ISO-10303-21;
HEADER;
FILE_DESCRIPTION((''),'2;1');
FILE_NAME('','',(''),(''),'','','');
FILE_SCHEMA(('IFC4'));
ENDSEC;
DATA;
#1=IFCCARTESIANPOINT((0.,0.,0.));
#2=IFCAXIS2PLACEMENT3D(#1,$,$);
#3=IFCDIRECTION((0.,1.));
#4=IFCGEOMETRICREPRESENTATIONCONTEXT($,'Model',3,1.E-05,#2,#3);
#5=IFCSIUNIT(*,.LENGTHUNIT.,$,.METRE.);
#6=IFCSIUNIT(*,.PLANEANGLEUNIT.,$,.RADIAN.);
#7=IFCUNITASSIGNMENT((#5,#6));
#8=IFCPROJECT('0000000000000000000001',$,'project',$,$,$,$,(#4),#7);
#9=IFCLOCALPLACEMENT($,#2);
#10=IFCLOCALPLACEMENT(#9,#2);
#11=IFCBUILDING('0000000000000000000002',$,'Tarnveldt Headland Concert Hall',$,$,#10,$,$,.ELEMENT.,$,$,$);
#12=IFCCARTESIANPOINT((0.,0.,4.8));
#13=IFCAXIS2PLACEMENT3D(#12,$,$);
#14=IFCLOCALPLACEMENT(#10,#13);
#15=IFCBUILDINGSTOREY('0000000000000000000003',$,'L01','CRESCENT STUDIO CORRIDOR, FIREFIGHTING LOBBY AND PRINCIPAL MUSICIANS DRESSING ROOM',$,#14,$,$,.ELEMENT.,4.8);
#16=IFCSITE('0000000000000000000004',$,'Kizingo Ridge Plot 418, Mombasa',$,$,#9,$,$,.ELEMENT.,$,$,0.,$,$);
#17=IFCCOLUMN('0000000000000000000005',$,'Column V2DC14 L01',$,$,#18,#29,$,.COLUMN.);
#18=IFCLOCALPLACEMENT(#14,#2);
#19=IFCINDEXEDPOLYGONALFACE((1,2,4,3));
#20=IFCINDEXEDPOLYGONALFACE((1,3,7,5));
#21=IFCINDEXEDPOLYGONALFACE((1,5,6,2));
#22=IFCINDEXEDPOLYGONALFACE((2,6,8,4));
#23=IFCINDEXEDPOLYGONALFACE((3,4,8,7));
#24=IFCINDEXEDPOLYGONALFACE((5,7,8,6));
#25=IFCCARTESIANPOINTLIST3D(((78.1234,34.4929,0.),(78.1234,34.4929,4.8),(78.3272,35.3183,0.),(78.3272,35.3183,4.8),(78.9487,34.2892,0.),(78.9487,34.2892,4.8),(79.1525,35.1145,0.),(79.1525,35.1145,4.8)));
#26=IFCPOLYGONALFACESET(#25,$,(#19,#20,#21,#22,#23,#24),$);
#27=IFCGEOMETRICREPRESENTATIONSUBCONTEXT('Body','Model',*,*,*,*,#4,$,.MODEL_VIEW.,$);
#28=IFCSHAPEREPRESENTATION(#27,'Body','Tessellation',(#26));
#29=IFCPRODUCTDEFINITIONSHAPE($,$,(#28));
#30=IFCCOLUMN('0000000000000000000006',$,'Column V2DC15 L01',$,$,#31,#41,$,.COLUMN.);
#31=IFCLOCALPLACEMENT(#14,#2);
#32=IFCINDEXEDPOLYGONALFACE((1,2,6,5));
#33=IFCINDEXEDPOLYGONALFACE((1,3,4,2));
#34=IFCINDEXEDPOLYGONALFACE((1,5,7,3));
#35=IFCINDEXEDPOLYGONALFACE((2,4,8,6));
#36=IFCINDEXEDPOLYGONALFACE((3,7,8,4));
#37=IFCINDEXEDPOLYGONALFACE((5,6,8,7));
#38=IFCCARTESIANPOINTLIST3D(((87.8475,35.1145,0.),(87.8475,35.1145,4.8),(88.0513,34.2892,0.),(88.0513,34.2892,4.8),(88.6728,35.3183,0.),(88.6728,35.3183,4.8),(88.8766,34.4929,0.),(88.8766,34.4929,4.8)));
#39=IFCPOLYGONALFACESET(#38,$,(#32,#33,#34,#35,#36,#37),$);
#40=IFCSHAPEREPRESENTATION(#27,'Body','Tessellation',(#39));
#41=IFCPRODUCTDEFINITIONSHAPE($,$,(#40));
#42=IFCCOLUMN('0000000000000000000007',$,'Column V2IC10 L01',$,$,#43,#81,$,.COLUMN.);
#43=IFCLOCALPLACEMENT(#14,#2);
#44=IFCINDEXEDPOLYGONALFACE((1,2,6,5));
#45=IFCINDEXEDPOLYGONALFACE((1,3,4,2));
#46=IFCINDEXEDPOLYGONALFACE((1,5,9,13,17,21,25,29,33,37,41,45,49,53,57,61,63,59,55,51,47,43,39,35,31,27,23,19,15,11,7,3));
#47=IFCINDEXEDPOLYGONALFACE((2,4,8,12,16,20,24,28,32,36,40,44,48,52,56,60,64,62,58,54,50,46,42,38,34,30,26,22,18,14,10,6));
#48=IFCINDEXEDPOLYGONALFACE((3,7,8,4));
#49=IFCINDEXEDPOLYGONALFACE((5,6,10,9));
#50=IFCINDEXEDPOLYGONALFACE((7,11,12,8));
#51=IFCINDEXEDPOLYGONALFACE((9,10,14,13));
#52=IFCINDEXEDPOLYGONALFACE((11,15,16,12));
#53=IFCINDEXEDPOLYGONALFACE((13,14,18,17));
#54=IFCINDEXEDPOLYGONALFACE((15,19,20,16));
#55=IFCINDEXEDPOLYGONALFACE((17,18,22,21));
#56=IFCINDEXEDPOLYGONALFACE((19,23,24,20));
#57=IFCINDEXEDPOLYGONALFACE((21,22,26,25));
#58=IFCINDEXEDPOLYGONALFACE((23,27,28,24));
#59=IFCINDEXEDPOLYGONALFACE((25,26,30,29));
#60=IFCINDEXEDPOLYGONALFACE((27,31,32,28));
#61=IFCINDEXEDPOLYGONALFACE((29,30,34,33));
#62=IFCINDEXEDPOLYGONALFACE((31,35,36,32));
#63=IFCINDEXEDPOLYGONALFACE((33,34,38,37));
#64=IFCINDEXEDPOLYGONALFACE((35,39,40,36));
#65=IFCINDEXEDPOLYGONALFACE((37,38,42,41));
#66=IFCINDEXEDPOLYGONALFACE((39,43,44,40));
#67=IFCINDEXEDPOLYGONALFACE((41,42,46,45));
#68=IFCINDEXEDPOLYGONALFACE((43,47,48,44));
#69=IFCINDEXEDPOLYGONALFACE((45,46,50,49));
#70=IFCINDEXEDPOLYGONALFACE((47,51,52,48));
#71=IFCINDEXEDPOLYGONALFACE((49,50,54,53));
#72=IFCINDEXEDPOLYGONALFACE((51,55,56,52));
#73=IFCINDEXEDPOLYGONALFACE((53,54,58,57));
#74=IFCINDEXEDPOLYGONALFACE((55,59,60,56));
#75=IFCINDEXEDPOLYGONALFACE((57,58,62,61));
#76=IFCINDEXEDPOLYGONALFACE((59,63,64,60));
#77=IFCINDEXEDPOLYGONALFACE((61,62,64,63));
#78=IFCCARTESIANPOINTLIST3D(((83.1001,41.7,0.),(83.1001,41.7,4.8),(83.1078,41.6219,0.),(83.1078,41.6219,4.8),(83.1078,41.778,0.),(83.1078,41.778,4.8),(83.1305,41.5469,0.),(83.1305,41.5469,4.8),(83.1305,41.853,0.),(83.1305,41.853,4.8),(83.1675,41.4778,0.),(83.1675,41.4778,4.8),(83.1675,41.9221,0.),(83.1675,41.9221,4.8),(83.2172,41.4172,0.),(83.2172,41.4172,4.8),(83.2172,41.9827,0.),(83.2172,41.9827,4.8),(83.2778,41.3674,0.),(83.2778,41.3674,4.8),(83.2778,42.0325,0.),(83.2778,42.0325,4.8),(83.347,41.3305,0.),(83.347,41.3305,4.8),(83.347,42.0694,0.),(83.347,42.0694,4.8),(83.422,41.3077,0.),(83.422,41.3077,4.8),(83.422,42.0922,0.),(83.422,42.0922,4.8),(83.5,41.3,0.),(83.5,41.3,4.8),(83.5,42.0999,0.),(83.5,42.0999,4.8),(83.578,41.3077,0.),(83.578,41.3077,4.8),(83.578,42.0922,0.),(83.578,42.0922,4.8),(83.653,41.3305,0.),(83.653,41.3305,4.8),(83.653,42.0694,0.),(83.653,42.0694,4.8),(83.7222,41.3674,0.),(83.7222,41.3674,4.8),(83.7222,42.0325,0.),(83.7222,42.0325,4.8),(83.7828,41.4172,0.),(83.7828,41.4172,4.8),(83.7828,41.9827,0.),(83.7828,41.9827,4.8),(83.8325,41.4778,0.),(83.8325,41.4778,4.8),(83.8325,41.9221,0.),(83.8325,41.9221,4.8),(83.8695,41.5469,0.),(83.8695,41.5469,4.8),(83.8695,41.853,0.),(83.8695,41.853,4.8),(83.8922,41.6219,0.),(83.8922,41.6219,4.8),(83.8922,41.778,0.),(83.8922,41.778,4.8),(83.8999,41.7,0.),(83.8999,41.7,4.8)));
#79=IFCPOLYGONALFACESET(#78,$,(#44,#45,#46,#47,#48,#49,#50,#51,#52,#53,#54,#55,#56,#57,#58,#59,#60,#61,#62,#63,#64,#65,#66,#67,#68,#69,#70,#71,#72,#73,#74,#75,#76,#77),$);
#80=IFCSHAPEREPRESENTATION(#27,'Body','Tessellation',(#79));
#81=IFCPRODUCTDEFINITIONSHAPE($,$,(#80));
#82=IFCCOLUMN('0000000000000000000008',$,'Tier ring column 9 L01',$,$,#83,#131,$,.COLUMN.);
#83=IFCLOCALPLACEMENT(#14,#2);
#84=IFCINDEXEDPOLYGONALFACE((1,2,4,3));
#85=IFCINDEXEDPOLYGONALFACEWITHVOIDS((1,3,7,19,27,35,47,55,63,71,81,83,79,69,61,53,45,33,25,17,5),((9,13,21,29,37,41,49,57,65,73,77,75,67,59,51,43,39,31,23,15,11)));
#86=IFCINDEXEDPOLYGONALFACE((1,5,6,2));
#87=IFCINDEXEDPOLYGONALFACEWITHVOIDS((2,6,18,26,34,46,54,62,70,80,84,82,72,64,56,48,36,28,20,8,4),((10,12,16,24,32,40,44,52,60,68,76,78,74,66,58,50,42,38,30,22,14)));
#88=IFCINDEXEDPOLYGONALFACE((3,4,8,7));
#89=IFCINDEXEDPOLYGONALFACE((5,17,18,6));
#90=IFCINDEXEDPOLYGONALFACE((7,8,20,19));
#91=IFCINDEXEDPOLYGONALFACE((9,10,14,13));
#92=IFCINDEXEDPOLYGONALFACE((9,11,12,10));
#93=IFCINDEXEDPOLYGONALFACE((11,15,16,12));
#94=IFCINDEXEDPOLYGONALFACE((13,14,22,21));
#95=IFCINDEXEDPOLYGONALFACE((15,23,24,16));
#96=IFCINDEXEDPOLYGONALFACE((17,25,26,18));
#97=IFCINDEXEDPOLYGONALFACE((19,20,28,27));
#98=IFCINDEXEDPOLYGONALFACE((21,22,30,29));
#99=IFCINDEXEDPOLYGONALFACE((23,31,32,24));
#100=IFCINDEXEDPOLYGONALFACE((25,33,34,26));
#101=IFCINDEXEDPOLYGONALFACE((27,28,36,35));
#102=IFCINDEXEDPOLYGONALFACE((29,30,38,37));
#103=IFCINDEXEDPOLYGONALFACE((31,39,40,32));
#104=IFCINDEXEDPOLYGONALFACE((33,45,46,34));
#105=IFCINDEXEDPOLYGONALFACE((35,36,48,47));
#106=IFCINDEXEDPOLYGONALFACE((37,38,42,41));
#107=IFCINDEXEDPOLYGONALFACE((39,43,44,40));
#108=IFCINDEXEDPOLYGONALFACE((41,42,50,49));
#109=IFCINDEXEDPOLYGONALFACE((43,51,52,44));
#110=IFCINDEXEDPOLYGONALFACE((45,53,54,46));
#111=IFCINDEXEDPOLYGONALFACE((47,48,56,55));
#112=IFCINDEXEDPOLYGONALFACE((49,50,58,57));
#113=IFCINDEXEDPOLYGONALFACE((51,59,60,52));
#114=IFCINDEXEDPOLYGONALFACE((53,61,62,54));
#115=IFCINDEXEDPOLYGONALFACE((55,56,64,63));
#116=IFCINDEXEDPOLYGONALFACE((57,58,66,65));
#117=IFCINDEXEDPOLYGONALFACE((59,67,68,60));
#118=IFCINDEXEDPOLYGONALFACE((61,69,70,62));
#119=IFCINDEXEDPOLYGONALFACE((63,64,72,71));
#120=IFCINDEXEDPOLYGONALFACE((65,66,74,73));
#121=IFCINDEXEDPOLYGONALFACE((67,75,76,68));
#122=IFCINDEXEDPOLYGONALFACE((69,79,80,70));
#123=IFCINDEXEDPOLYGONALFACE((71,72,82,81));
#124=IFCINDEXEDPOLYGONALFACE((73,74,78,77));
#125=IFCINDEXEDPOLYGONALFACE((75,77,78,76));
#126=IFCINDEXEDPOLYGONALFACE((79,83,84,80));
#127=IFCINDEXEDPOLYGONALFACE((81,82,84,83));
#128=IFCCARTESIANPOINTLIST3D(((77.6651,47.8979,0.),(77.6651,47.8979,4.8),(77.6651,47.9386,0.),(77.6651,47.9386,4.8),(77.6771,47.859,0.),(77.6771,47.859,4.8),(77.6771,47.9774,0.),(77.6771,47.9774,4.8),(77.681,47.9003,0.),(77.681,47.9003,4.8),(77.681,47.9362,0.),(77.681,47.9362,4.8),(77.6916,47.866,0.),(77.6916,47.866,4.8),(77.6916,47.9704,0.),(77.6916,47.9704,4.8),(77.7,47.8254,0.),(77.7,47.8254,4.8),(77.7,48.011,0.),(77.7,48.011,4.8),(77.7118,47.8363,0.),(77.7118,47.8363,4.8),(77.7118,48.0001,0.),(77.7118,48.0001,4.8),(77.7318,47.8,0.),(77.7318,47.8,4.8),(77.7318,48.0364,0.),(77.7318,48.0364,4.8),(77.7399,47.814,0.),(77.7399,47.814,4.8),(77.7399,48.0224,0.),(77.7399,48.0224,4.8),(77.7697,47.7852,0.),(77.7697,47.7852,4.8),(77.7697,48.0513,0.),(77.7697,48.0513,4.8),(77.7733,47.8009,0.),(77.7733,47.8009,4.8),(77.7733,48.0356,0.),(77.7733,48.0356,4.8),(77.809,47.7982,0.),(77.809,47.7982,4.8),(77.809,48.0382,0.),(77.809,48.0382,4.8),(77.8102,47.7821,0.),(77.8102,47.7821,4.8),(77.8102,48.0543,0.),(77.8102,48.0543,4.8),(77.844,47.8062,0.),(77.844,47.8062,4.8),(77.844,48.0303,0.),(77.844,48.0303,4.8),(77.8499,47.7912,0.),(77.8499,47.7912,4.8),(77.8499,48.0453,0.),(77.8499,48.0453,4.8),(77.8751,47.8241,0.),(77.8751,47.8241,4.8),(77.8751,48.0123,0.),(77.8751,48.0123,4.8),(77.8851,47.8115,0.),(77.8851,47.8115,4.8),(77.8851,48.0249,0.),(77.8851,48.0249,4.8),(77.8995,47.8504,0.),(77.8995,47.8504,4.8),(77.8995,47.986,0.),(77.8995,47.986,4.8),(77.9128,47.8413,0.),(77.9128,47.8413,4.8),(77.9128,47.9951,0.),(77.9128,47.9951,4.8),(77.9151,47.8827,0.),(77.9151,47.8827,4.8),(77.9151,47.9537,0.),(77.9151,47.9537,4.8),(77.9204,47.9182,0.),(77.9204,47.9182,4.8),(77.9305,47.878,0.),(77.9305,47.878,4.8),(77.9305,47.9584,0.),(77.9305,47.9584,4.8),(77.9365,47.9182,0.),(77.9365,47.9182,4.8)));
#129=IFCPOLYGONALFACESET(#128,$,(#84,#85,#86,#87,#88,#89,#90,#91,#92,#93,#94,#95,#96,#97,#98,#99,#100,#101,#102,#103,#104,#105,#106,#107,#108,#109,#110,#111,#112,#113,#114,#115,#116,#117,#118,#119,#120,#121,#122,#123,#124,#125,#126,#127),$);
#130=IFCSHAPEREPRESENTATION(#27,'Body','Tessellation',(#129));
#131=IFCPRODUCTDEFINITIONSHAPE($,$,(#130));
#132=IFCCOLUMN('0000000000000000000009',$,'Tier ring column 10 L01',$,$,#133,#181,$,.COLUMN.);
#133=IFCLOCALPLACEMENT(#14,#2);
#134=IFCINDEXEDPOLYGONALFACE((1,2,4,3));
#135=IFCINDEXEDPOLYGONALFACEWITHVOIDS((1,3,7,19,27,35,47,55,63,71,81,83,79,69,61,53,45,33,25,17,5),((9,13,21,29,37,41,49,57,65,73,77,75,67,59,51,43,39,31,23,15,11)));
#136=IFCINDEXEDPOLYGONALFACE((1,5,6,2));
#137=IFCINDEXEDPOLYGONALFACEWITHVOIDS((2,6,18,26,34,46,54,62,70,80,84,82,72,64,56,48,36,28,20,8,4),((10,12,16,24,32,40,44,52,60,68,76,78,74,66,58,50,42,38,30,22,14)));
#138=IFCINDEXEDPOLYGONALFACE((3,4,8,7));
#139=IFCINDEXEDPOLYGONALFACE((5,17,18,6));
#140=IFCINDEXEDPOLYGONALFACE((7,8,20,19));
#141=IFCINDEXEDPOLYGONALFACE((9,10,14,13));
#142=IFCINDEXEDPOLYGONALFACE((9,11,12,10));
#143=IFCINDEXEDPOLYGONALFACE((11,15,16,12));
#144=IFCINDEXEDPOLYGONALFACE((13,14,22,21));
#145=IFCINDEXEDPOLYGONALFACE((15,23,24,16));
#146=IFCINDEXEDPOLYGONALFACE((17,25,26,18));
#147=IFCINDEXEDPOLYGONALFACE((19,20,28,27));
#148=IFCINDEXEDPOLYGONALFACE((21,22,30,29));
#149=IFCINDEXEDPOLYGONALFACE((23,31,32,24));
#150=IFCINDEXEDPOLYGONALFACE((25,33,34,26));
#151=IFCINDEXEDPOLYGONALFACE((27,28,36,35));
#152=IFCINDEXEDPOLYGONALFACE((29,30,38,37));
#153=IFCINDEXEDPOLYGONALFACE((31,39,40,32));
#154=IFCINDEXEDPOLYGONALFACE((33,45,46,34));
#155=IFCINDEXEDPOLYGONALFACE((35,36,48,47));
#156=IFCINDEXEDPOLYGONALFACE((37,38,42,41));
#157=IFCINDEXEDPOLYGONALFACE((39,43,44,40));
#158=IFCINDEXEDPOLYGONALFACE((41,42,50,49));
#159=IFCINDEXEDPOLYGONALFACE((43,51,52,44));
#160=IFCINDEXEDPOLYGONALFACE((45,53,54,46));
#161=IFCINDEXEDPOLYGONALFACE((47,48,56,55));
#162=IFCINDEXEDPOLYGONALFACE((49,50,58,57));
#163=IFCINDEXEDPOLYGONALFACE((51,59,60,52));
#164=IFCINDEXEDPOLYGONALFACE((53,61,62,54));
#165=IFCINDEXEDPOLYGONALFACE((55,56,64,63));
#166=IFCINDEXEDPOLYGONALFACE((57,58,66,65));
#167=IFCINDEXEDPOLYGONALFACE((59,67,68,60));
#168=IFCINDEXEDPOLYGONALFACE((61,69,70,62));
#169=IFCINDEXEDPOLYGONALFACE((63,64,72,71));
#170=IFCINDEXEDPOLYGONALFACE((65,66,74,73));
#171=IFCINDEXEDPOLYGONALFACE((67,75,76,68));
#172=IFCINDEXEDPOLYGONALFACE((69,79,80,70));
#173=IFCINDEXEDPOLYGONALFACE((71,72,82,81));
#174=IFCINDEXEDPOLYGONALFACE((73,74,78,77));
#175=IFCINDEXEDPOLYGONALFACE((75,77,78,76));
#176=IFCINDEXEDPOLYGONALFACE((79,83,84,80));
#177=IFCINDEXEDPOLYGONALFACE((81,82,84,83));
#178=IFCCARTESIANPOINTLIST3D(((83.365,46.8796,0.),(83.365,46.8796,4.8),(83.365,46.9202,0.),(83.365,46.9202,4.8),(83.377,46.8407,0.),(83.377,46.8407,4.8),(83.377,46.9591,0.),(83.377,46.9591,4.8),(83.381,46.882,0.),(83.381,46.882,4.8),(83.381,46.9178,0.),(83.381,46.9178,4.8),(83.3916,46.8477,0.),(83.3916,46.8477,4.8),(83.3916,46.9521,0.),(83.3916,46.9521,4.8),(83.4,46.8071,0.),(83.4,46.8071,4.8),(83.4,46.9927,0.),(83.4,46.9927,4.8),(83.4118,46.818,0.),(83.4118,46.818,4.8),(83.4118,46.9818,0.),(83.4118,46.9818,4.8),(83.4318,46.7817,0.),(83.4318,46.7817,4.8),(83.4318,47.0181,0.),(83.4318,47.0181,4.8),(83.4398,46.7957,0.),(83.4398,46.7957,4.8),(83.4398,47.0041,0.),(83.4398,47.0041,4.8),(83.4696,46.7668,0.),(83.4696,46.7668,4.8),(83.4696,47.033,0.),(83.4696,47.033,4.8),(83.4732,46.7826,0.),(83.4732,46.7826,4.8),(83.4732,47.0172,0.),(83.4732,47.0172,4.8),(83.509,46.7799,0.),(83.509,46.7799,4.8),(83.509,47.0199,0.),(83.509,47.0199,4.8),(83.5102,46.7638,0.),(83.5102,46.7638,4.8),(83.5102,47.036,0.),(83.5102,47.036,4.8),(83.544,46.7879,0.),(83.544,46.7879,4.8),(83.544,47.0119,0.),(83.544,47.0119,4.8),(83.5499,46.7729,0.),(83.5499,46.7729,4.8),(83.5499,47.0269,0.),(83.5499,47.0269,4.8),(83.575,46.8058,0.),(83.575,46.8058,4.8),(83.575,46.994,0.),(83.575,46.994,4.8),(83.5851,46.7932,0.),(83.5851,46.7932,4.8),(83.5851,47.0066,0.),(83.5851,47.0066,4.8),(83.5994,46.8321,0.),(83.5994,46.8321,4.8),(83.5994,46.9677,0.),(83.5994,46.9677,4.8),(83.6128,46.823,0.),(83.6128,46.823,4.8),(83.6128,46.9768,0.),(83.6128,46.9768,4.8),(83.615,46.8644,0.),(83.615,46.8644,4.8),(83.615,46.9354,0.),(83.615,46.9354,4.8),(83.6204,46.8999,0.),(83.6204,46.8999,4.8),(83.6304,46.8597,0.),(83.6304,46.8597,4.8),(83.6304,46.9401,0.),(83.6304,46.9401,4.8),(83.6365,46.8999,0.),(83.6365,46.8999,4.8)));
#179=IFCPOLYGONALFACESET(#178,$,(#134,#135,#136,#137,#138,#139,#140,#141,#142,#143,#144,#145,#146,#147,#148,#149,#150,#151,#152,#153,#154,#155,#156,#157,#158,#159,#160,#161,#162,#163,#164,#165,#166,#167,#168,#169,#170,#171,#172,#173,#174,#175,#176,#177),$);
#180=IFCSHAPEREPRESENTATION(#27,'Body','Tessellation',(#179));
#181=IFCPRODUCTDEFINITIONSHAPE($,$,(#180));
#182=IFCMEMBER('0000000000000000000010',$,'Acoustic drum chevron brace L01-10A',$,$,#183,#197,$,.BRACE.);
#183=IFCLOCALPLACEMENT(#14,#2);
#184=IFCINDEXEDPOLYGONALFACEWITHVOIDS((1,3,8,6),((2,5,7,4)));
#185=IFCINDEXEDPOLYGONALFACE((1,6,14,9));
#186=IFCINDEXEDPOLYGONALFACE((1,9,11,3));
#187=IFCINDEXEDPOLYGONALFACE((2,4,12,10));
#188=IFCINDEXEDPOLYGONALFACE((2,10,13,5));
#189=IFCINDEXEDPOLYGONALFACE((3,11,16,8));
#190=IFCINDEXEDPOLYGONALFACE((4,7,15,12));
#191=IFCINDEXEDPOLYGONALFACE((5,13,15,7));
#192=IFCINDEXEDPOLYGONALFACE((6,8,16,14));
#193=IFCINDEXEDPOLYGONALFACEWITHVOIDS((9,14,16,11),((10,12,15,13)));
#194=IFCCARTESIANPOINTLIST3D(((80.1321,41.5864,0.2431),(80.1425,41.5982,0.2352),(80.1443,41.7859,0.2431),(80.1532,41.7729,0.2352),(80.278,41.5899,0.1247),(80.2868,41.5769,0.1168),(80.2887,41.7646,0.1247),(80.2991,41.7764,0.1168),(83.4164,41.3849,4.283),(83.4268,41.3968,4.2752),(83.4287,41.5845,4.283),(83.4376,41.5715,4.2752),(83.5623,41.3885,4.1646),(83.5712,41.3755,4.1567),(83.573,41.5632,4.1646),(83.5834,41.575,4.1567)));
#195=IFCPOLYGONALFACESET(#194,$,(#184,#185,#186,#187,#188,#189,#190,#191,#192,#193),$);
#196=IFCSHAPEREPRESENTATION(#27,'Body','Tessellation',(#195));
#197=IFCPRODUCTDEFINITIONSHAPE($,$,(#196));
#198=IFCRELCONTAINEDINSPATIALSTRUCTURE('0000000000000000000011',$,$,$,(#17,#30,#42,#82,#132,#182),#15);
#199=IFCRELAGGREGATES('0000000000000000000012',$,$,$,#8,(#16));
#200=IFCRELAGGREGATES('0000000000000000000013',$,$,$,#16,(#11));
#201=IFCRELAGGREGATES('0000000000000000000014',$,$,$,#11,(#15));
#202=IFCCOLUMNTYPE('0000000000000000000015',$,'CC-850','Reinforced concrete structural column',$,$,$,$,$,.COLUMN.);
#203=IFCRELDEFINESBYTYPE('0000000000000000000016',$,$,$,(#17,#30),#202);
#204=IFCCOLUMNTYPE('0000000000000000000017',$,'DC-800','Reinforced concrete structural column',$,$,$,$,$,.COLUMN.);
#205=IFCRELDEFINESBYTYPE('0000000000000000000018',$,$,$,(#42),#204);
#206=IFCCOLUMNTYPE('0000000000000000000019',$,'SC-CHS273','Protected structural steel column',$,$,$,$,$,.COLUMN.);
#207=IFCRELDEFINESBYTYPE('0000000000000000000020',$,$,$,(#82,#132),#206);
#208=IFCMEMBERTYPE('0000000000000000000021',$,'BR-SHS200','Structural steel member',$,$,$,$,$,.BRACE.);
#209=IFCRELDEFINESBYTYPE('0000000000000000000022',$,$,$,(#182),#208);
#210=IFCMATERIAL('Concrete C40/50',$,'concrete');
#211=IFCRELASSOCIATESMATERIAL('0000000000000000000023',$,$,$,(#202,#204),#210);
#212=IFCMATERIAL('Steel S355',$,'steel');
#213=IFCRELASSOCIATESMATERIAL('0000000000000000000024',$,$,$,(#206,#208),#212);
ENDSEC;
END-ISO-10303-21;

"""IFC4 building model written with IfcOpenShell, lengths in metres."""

from ifc_helpers import new_model, si_unit, direction, frame, origin, origin_2d, place, context, subcontext, project, spatial, rectangle, hollow_rectangle, circle, hollow_circle, extrude, material, material_profile, profile_set, type_object, element, save


model = new_model("IFC4")

# Units and contexts
model_context = context("Model", 3, precision=1e-05, world=origin(), true_north=direction((0.0, 1.0)))
body_context = subcontext(model_context, "Body", "Model", "MODEL_VIEW")
ifc_project = project(units=[si_unit("LENGTHUNIT", "METRE"), si_unit("PLANEANGLEUNIT", "RADIAN")], contexts=[model_context])

# Site, building, storey
site_placement = place(None, origin())
site = spatial("IfcSite", under=ifc_project, at=site_placement, Name="Kizingo Ridge Plot 418, Mombasa", CompositionType="ELEMENT", RefElevation=0.0)
building_placement = place(site_placement, origin())
building = spatial("IfcBuilding", under=site, at=building_placement, Name="Tarnveldt Headland Concert Hall", CompositionType="ELEMENT")
storey_placement = place(building_placement, frame((0.0, 0.0, 4.8)))
storey = spatial("IfcBuildingStorey", under=building, at=storey_placement, Name="L01", Description="CRESCENT STUDIO CORRIDOR, FIREFIGHTING LOBBY AND PRINCIPAL MUSICIANS DRESSING ROOM", CompositionType="ELEMENT", Elevation=4.8)

# Columns
ifc_material_1 = material(Name="Concrete C40/50", Category="concrete")
ifc_material_profile_1 = material_profile(ifc_material_1, rectangle(XDim=0.8501, YDim=0.8501, at=origin_2d()), Name="RC 850x850", Category="concrete")
ifc_profile_set_1 = profile_set([ifc_material_profile_1], Name="Concrete C40/50")
column_type_1 = type_object("IfcColumnType", Name="CC-850", Description="Reinforced concrete structural column", PredefinedType="COLUMN", material=ifc_profile_set_1)
for number, where, z_axis, x_axis, name in (
    (1, (78.6379, 34.8037, 0.0), (0.0, 0.0, 1.0), (-0.23972, -0.970842, 0.0), "Column V2DC14 L01"),
    (2, (88.3621, 34.8037, 0.0), (0.0, 0.0, 1.0), (0.23972, -0.970842, 0.0), "Column V2DC15 L01"),
):
    element("IfcColumn", number, at=place(storey_placement, frame(where, z_axis=z_axis, x_axis=x_axis)), inside=storey, type_object=column_type_1, Name=name, PredefinedType="COLUMN", context=body_context, shape_type="SweptSolid", body=[
        extrude(rectangle(XDim=0.8501, YDim=0.8501, at=origin_2d()), origin(), (0.0, 0.0, 1.0), 4.8),
    ])
ifc_material_profile_2 = material_profile(ifc_material_1, circle(Radius=0.3999, at=origin_2d()), Name="RC D800", Category="concrete")
ifc_profile_set_2 = profile_set([ifc_material_profile_2], Name="Concrete C40/50")
column_type_2 = type_object("IfcColumnType", Name="DC-800", Description="Reinforced concrete structural column", PredefinedType="COLUMN", material=ifc_profile_set_2)
column_placement = place(storey_placement, frame((83.5, 41.7, 0.0), z_axis=(0.0, 0.0, 1.0), x_axis=(0.0, -1.0, 0.0)))
element("IfcColumn", 3, at=column_placement, inside=storey, type_object=column_type_2, Name="Column V2IC10 L01", PredefinedType="COLUMN", context=body_context, shape_type="SweptSolid", body=[
    extrude(circle(Radius=0.3999, at=origin_2d()), origin(), (0.0, 0.0, 1.0), 4.8),
])
ifc_material_2 = material(Name="Steel S355", Category="steel")
ifc_material_profile_3 = material_profile(ifc_material_2, hollow_circle(Radius=0.1365, WallThickness=0.0161, at=origin_2d()), Name="CHS 273x16", Category="steel")
ifc_profile_set_3 = profile_set([ifc_material_profile_3], Name="Steel S355")
column_type_3 = type_object("IfcColumnType", Name="SC-CHS273", Description="Protected structural steel column", PredefinedType="COLUMN", material=ifc_profile_set_3)
for number, where, z_axis, x_axis, name in (
    (4, (77.8, 47.9182, 0.0), (0.0, 0.0, 1.0), (1.0, 0.0, 0.0), "Tier ring column 9 L01"),
    (5, (83.5, 46.8999, 0.0), (0.0, 0.0, 1.0), (1.0, 0.0, 0.0), "Tier ring column 10 L01"),
):
    element("IfcColumn", number, at=place(storey_placement, frame(where, z_axis=z_axis, x_axis=x_axis)), inside=storey, type_object=column_type_3, Name=name, PredefinedType="COLUMN", context=body_context, shape_type="SweptSolid", body=[
        extrude(hollow_circle(Radius=0.1365, WallThickness=0.0161, at=origin_2d()), origin(), (0.0, 0.0, 1.0), 4.8),
    ])

# Member
ifc_material_profile_4 = material_profile(ifc_material_2, hollow_rectangle(XDim=0.2, YDim=0.2, WallThickness=0.0125, at=origin_2d()), Name="SHS 200x200x12.5", Category="steel")
ifc_profile_set_4 = profile_set([ifc_material_profile_4], Name="Steel S355")
member_type_1 = type_object("IfcMemberType", Name="BR-SHS200", Description="Structural steel member", PredefinedType="BRACE", material=ifc_profile_set_4)
for number, where, z_axis, x_axis, name in (
    (6, (80.2156, 41.6814, 0.1799), (0.63034, -0.038655, 0.775356), (0.06121, 0.998125, 0.0), "Acoustic drum chevron brace L01-10A"),
):
    element("IfcMember", number, at=place(storey_placement, frame(where, z_axis=z_axis, x_axis=x_axis)), inside=storey, type_object=member_type_1, Name=name, PredefinedType="BRACE", context=body_context, shape_type="SweptSolid", body=[
        extrude(hollow_rectangle(XDim=0.2, YDim=0.2, WallThickness=0.0125, at=origin_2d()), origin(), (0.0, 0.0, 1.0), 5.2104),
    ])

save(model, "model.ifc")
